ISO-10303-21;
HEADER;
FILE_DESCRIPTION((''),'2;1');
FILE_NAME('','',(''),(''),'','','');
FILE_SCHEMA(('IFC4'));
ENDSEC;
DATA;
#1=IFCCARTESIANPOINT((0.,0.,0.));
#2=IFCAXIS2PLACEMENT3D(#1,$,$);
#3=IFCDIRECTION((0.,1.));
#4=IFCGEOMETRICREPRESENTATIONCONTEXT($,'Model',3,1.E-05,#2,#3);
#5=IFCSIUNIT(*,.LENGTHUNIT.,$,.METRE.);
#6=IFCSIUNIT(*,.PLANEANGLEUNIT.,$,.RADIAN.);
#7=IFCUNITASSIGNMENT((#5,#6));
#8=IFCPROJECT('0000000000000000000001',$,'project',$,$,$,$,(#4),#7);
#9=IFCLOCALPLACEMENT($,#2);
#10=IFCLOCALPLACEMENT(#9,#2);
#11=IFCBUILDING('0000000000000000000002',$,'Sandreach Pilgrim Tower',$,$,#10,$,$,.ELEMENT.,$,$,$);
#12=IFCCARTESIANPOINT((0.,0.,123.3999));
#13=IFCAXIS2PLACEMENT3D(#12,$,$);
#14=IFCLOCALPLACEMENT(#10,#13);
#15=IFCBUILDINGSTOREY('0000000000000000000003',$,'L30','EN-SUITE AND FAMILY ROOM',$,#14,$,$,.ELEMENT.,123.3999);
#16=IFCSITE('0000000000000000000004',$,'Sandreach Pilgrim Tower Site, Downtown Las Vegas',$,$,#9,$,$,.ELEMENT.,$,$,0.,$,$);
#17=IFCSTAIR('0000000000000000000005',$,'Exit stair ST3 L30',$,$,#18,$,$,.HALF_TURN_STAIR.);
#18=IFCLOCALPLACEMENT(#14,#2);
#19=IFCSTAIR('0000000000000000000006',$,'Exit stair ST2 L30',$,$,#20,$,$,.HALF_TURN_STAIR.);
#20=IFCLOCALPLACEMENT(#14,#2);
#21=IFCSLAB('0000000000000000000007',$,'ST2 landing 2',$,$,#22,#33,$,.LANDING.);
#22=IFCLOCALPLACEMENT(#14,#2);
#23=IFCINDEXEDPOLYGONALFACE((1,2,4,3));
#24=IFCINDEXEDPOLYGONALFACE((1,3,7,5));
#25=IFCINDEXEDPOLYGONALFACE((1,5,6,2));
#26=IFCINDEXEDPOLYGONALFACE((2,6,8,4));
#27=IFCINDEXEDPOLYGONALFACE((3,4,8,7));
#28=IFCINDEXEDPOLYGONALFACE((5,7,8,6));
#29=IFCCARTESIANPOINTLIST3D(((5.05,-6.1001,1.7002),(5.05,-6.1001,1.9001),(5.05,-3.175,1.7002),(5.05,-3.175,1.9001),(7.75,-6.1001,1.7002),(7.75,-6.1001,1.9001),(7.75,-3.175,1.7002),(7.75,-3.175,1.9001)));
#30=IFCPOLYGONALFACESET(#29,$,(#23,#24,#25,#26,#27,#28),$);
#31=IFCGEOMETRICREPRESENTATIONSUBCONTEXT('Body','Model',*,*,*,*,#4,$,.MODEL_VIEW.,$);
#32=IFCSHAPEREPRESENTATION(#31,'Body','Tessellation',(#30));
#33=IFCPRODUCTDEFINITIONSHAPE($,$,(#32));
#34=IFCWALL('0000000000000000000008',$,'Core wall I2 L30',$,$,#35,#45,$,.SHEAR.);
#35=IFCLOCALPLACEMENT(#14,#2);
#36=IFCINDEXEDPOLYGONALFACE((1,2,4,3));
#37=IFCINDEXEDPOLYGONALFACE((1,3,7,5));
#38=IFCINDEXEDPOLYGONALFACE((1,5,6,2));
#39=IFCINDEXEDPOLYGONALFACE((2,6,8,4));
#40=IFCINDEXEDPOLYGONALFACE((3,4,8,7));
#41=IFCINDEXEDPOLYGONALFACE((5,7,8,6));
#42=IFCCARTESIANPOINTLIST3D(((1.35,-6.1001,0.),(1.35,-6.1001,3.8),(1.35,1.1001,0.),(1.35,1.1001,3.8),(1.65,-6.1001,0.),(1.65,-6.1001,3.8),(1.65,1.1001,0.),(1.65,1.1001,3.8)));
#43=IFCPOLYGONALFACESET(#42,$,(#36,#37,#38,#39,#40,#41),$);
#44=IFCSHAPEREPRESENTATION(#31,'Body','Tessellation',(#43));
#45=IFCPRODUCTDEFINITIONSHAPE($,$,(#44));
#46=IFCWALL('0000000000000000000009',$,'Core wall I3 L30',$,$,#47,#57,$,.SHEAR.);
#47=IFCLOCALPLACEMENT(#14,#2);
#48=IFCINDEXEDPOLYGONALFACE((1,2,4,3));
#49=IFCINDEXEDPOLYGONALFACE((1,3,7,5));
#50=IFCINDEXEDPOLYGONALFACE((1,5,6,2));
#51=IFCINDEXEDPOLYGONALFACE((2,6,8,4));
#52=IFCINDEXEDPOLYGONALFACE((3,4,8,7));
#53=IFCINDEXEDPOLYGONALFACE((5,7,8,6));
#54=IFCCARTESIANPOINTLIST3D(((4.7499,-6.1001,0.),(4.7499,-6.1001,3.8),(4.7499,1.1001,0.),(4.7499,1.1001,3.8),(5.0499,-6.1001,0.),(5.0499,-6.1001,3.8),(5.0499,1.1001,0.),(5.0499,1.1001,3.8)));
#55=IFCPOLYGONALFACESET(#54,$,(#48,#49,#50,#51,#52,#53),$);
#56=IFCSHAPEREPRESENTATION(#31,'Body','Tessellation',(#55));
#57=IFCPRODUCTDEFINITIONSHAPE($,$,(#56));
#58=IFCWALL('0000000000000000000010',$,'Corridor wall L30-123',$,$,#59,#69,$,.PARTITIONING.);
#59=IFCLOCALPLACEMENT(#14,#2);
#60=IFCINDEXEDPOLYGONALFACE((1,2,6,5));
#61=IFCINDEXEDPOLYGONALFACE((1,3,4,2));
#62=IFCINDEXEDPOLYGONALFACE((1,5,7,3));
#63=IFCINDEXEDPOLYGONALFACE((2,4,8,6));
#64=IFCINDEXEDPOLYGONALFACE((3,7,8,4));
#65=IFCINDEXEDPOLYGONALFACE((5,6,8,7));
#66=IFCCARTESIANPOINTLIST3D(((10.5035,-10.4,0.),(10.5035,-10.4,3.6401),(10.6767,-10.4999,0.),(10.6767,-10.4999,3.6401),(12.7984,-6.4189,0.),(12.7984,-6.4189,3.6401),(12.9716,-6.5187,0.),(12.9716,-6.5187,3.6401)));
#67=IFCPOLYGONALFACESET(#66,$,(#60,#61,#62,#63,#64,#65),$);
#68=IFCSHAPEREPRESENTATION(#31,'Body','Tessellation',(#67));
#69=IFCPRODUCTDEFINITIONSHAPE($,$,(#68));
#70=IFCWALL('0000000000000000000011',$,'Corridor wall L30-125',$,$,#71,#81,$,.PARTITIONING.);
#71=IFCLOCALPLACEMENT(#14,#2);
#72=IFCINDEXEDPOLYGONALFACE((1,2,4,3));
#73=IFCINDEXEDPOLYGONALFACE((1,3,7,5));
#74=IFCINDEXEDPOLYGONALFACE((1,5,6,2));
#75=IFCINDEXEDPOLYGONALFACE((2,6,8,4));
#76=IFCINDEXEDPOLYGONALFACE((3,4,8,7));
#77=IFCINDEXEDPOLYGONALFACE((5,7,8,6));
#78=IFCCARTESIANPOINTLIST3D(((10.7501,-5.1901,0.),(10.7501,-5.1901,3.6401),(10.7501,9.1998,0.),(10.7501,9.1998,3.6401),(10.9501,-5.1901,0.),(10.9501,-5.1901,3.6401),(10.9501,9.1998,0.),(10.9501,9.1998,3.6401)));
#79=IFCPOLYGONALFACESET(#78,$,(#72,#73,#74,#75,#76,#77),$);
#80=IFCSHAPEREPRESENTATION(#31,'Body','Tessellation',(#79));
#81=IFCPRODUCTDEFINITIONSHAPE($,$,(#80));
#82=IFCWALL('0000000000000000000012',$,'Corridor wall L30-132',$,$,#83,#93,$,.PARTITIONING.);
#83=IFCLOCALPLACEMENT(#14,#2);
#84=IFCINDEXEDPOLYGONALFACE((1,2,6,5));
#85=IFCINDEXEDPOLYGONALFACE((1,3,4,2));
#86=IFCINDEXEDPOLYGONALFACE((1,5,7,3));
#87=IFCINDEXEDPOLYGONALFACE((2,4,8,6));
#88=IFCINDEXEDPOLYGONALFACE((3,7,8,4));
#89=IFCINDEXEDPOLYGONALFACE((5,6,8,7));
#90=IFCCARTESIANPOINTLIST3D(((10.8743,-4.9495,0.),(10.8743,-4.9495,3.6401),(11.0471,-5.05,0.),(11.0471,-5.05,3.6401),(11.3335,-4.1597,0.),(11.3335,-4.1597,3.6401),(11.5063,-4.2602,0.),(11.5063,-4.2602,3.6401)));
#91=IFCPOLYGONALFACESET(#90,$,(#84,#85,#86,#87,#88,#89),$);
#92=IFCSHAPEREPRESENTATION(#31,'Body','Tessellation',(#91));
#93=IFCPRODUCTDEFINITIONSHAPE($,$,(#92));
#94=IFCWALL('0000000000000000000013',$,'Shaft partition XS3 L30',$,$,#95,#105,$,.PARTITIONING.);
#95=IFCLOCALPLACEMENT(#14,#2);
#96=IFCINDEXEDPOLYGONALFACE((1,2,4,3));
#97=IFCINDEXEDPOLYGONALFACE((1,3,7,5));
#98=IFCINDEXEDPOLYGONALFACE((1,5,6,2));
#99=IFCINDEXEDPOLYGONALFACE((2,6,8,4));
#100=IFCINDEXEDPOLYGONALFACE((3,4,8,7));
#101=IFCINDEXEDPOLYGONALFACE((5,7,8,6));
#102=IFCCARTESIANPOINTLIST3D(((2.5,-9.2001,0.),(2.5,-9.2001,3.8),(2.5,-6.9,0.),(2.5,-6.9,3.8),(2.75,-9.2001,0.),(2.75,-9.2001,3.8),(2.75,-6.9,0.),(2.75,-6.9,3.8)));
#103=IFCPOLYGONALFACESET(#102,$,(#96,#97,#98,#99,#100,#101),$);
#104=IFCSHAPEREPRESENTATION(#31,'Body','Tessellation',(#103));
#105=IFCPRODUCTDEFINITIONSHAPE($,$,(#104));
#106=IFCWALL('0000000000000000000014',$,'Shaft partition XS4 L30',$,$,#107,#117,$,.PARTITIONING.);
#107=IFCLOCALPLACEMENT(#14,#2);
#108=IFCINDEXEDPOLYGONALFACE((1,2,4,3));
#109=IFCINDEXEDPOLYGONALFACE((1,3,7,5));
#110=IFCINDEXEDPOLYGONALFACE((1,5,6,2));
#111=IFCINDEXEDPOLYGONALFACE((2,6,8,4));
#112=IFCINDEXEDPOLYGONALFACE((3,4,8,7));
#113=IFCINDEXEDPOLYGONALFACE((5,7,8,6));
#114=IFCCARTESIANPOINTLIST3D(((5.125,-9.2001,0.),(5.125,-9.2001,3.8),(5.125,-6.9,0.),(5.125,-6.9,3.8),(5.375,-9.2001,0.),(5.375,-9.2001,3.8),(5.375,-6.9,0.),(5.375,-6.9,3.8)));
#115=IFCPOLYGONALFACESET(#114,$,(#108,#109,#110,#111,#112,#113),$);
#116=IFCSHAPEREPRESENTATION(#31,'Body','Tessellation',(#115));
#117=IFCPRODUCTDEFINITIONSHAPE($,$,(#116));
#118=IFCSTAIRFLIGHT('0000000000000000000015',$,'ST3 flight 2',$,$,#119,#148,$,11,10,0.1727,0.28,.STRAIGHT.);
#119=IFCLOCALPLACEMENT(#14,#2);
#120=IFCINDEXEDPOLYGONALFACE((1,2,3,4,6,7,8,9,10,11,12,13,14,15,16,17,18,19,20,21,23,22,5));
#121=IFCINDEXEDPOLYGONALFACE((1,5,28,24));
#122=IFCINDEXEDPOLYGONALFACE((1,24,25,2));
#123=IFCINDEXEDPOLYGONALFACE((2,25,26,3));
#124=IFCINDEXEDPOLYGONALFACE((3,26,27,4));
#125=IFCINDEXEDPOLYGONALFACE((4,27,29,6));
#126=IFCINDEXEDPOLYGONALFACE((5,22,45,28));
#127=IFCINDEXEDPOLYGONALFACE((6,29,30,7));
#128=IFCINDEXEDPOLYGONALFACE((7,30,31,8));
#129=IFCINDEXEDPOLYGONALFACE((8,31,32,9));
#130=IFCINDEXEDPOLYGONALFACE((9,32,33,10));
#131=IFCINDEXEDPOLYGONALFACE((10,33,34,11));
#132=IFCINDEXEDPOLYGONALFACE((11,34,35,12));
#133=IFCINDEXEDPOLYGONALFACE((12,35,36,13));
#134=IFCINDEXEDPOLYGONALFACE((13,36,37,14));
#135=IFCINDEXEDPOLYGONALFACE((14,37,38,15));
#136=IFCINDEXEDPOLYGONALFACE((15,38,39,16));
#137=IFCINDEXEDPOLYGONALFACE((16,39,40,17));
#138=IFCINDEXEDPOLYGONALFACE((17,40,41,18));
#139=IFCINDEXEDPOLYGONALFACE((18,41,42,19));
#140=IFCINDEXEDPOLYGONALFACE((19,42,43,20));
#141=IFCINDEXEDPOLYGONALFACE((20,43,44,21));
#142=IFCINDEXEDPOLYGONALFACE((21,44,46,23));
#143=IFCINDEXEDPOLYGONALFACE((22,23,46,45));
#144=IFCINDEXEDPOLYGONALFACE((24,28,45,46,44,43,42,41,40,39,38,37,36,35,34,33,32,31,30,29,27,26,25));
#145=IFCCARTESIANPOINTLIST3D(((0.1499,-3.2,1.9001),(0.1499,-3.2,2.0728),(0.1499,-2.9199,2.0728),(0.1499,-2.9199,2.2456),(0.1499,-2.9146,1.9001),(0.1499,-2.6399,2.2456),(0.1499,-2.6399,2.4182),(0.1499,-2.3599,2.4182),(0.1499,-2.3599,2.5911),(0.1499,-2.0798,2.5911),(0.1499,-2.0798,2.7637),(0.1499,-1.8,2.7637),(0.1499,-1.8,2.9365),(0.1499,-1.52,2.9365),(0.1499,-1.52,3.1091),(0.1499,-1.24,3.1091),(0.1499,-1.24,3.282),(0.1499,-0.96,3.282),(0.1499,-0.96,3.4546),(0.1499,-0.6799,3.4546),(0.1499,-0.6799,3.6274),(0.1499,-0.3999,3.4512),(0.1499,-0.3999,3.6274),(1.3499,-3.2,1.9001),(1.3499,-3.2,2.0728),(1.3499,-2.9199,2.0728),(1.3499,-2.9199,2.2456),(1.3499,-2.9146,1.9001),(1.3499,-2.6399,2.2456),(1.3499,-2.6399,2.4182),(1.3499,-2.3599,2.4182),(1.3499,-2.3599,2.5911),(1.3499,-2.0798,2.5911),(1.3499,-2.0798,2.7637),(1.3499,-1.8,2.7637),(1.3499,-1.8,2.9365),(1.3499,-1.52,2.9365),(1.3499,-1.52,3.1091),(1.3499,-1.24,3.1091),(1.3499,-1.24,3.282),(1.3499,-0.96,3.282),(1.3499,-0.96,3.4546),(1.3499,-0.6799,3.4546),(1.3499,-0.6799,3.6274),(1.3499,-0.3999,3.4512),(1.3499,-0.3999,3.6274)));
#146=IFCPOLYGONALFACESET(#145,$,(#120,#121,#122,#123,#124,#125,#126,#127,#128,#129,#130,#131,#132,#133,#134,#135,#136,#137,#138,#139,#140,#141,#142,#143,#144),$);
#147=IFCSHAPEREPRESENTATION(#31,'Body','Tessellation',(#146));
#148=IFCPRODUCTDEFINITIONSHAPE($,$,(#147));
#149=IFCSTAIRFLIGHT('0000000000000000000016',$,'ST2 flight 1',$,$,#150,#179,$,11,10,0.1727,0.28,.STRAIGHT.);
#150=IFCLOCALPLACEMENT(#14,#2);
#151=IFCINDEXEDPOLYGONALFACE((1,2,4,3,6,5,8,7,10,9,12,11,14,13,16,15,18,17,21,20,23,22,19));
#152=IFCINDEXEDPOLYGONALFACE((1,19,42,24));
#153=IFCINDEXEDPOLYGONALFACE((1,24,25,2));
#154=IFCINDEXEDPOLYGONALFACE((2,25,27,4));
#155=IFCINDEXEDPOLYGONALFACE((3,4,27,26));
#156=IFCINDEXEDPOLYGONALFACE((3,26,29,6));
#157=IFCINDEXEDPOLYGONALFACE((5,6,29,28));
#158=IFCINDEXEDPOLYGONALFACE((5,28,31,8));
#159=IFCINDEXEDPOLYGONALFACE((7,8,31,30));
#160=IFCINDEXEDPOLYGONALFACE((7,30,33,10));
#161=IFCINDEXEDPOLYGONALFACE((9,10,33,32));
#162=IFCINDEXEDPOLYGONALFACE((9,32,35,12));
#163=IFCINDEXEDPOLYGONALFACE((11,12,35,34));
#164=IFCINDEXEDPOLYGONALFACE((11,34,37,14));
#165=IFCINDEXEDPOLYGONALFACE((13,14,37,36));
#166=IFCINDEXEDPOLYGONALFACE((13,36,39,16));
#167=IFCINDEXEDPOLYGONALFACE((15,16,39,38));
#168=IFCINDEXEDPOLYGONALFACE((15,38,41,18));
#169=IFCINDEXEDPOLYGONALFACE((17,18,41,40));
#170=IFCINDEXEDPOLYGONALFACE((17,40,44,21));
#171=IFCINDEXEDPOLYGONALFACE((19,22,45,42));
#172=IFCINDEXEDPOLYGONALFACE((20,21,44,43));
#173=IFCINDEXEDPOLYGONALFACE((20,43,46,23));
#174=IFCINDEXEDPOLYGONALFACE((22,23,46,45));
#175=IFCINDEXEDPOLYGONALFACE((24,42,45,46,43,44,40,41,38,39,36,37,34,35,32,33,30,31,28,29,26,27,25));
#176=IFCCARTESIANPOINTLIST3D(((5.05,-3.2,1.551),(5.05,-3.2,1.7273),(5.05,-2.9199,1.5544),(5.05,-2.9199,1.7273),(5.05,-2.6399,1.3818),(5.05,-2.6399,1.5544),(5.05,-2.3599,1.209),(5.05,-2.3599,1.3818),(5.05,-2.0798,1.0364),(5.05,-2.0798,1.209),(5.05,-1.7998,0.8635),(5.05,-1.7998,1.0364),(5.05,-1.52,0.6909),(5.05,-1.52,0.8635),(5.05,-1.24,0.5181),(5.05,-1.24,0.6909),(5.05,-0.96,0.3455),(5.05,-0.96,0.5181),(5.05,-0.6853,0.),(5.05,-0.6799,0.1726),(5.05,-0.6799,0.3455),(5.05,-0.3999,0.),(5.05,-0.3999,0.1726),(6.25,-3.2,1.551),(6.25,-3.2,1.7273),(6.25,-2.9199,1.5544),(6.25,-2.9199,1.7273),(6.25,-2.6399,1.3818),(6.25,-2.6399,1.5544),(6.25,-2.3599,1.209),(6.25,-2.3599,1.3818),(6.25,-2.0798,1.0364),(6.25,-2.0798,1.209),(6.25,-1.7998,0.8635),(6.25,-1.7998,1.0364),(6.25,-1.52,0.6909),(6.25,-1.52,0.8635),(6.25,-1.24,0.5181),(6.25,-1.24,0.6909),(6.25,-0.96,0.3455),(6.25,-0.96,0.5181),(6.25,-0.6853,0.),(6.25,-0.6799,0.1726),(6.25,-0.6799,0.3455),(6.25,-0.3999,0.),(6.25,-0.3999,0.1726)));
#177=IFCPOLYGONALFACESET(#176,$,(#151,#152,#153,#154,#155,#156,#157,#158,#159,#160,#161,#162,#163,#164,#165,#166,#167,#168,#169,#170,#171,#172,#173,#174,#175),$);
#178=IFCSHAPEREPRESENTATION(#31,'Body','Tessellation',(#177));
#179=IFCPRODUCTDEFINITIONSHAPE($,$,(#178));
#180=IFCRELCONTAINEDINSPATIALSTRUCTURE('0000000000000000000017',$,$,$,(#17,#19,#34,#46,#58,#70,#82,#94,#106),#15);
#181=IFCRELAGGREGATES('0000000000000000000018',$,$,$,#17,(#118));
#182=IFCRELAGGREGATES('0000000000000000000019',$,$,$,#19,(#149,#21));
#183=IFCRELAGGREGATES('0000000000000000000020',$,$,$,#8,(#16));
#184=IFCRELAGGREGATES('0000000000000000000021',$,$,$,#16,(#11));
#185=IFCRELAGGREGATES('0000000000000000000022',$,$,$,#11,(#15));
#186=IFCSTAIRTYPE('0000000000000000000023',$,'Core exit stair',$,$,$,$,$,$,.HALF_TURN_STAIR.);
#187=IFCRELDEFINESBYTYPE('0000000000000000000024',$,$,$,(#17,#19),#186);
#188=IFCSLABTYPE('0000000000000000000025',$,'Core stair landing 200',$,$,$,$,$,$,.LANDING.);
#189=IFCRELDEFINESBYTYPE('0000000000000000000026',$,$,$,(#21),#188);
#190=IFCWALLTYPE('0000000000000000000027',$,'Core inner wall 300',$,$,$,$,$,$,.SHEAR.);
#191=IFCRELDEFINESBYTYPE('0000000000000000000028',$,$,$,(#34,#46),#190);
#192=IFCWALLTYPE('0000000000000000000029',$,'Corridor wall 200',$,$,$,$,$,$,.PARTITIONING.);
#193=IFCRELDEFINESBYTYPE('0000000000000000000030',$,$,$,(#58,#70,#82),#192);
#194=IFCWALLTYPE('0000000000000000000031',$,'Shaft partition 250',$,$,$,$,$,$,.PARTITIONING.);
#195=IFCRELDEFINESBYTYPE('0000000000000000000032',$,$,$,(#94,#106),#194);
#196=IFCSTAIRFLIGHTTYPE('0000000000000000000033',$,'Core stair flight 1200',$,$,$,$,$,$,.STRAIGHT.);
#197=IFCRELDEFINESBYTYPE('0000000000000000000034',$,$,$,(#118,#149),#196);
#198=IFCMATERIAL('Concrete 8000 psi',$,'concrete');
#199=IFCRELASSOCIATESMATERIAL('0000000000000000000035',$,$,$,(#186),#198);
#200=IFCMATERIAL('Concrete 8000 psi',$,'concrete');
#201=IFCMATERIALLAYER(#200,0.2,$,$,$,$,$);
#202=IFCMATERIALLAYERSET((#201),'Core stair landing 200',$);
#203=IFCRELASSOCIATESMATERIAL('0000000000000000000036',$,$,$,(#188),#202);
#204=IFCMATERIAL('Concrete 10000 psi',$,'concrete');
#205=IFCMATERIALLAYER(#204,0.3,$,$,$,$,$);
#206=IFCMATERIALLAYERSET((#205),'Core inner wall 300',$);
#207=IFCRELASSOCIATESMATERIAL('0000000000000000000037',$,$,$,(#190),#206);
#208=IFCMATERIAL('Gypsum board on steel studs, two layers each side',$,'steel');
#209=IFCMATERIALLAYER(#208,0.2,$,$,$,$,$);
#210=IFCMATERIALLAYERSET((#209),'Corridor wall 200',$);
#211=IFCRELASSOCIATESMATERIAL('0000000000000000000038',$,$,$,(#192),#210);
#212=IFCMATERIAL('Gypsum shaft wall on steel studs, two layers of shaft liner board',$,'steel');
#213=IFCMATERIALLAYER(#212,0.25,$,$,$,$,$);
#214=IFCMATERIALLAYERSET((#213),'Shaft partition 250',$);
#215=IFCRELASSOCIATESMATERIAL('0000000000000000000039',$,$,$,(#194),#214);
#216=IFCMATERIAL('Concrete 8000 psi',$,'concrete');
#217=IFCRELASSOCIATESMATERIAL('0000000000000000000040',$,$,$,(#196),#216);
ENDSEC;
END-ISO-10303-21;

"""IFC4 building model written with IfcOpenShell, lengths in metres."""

from ifc_helpers import new_model, si_unit, direction, frame, frame_2d, origin, place, context, subcontext, project, spatial, polyline, rectangle, outline, extrude, material, layer, layer_set, type_object, element, aggregate, save


model = new_model("IFC4")

# Units and contexts
model_context = context("Model", 3, precision=1e-05, world=origin(), true_north=direction((0.0, 1.0)))
body_context = subcontext(model_context, "Body", "Model", "MODEL_VIEW")
ifc_project = project(units=[si_unit("LENGTHUNIT", "METRE"), si_unit("PLANEANGLEUNIT", "RADIAN")], contexts=[model_context])

# Site, building, storey
site_placement = place(None, origin())
site = spatial("IfcSite", under=ifc_project, at=site_placement, Name="Sandreach Pilgrim Tower Site, Downtown Las Vegas", CompositionType="ELEMENT", RefElevation=0.0)
building_placement = place(site_placement, origin())
building = spatial("IfcBuilding", under=site, at=building_placement, Name="Sandreach Pilgrim Tower", CompositionType="ELEMENT")
storey_placement = place(building_placement, frame((0.0, 0.0, 123.3999)))
storey = spatial("IfcBuildingStorey", under=building, at=storey_placement, Name="L30", Description="EN-SUITE AND FAMILY ROOM", CompositionType="ELEMENT", Elevation=123.3999)

# Stairs, slab
ifc_material_1 = material(Name="Concrete 8000 psi", Category="concrete")
stair_type = type_object("IfcStairType", Name="Core exit stair", PredefinedType="HALF_TURN_STAIR", material=ifc_material_1)
ifc_material_2 = material(Name="Concrete 8000 psi", Category="concrete")
ifc_layer_1 = layer(ifc_material_2, 0.2)
ifc_layer_set_1 = layer_set([ifc_layer_1], Name="Core stair landing 200")
slab_type_1 = type_object("IfcSlabType", Name="Core stair landing 200", PredefinedType="LANDING", material=ifc_layer_set_1)
stair_1_placement = place(storey_placement, origin())
stair_1 = element("IfcStair", 1, at=stair_1_placement, inside=storey, type_object=stair_type, Name="Exit stair ST3 L30", PredefinedType="HALF_TURN_STAIR")
stair_2_placement = place(storey_placement, origin())
stair_2 = element("IfcStair", 2, at=stair_2_placement, inside=storey, type_object=stair_type, Name="Exit stair ST2 L30", PredefinedType="HALF_TURN_STAIR")
slab_1_placement = place(storey_placement, frame((0.0, 0.0, 1.7002)))
slab_1 = element("IfcSlab", 3, at=slab_1_placement, type_object=slab_type_1, Name="ST2 landing 2", PredefinedType="LANDING", context=body_context, shape_type="SweptSolid", body=[
    extrude(outline(polyline([(5.05, -6.1001), (7.75, -6.1001), (7.75, -3.175), (5.05, -3.175), (5.05, -6.1001)])), origin(), (0.0, 0.0, 1.0), 0.2),
])

# Walls
ifc_material_3 = material(Name="Concrete 10000 psi", Category="concrete")
ifc_layer_2 = layer(ifc_material_3, 0.3)
ifc_layer_set_2 = layer_set([ifc_layer_2], Name="Core inner wall 300")
wall_type_1 = type_object("IfcWallType", Name="Core inner wall 300", PredefinedType="SHEAR", material=ifc_layer_set_2)
for number, where, z_axis, x_axis, name in (
    (4, (1.5, -6.1001, 0.0), (0.0, 0.0, 1.0), (0.0, 1.0, 0.0), "Core wall I2 L30"),
    (5, (4.8999, -6.1001, 0.0), (0.0, 0.0, 1.0), (0.0, 1.0, 0.0), "Core wall I3 L30"),
):
    element("IfcWall", number, at=place(storey_placement, frame(where, z_axis=z_axis, x_axis=x_axis)), inside=storey, type_object=wall_type_1, Name=name, PredefinedType="SHEAR", context=body_context, shape_type="SweptSolid", body=[
        extrude(rectangle(XDim=7.2002, YDim=0.3, at=frame_2d((3.6001, 0.0))), origin(), (0.0, 0.0, 1.0), 3.8),
    ])

# Walls
ifc_material_4 = material(Name="Gypsum board on steel studs, two layers each side", Category="steel")
ifc_layer_3 = layer(ifc_material_4, 0.2)
ifc_layer_set_3 = layer_set([ifc_layer_3], Name="Corridor wall 200")
wall_type_2 = type_object("IfcWallType", Name="Corridor wall 200", PredefinedType="PARTITIONING", material=ifc_layer_set_3)
wall_1_placement = place(storey_placement, frame((10.5901, -10.45, 0.0), z_axis=(0.0, 0.0, 1.0), x_axis=(0.499408, 0.866367, 0.0)))
element("IfcWall", 6, at=wall_1_placement, inside=storey, type_object=wall_type_2, Name="Corridor wall L30-123", PredefinedType="PARTITIONING", context=body_context, shape_type="SweptSolid", body=[
    extrude(rectangle(XDim=4.5952, YDim=0.2, at=frame_2d((2.2976, 0.0))), origin(), (0.0, 0.0, 1.0), 3.6401),
])
wall_2_placement = place(storey_placement, frame((10.8501, -5.1899, 0.0), z_axis=(0.0, 0.0, 1.0), x_axis=(0.0, 1.0, 0.0)))
element("IfcWall", 7, at=wall_2_placement, inside=storey, type_object=wall_type_2, Name="Corridor wall L30-125", PredefinedType="PARTITIONING", context=body_context, shape_type="SweptSolid", body=[
    extrude(rectangle(XDim=14.3899, YDim=0.2, at=frame_2d((7.1948, 0.0))), origin(), (0.0, 0.0, 1.0), 3.6401),
])
wall_3_placement = place(storey_placement, frame((11.4199, -4.21, 0.0), z_axis=(0.0, 0.0, 1.0), x_axis=(-0.502658, -0.864486, 0.0)))
element("IfcWall", 8, at=wall_3_placement, inside=storey, type_object=wall_type_2, Name="Corridor wall L30-132", PredefinedType="PARTITIONING", context=body_context, shape_type="SweptSolid", body=[
    extrude(rectangle(XDim=0.9136, YDim=0.2, at=frame_2d((0.4568, 0.0))), origin(), (0.0, 0.0, 1.0), 3.6401),
])
ifc_material_5 = material(Name="Gypsum shaft wall on steel studs, two layers of shaft liner board", Category="steel")
ifc_layer_4 = layer(ifc_material_5, 0.25)
ifc_layer_set_4 = layer_set([ifc_layer_4], Name="Shaft partition 250")
wall_type_3 = type_object("IfcWallType", Name="Shaft partition 250", PredefinedType="PARTITIONING", material=ifc_layer_set_4)
for number, where, z_axis, x_axis, name in (
    (9, (2.625, -9.2, 0.0), (0.0, 0.0, 1.0), (0.0, 1.0, 0.0), "Shaft partition XS3 L30"),
    (10, (5.25, -9.2, 0.0), (0.0, 0.0, 1.0), (0.0, 1.0, 0.0), "Shaft partition XS4 L30"),
):
    element("IfcWall", number, at=place(storey_placement, frame(where, z_axis=z_axis, x_axis=x_axis)), inside=storey, type_object=wall_type_3, Name=name, PredefinedType="PARTITIONING", context=body_context, shape_type="SweptSolid", body=[
        extrude(rectangle(XDim=2.3, YDim=0.25, at=frame_2d((1.1499, 0.0))), origin(), (0.0, 0.0, 1.0), 3.8),
    ])

# Stair flights
ifc_material_6 = material(Name="Concrete 8000 psi", Category="concrete")
stair_flight_type = type_object("IfcStairFlightType", Name="Core stair flight 1200", PredefinedType="STRAIGHT", material=ifc_material_6)
stair_flight_1_placement = place(storey_placement, frame((0.75, -3.2, 1.9001), z_axis=(0.0, 0.0, 1.0), x_axis=(0.0, 1.0, 0.0)))
stair_flight_1 = element("IfcStairFlight", 11, at=stair_flight_1_placement, type_object=stair_flight_type, Name="ST3 flight 2", NumberOfRisers=11, NumberOfTreads=10, PredefinedType="STRAIGHT", RiserHeight=0.1727, TreadLength=0.28, context=body_context, shape_type="SweptSolid", body=[
    extrude(outline(polyline([(0.0, 0.0), (0.0, 0.1726), (0.28, 0.1726), (0.28, 0.3455), (0.5601, 0.3455), (0.5601, 0.5181), (0.8401, 0.5181), (0.8401, 0.6909), (1.1201, 0.6909), (1.1201, 0.8635), (1.3999, 0.8635), (1.3999, 1.0364), (1.6799, 1.0364), (1.6799, 1.209), (1.96, 1.209), (1.96, 1.3818), (2.24, 1.3818), (2.24, 1.5544), (2.52, 1.5544), (2.52, 1.7273), (2.8, 1.7273), (2.8, 1.8999), (2.8, 1.551), (0.2854, 0.0), (0.0, 0.0)])), frame((0.0, 0.6001, 0.0), z_axis=(0.0, -1.0, 0.0), x_axis=(1.0, 0.0, 0.0)), (0.0, 0.0, 1.0), 1.2),
])
aggregate(stair_1, [stair_flight_1])
stair_flight_2_placement = place(storey_placement, frame((5.6499, -0.3999, 0.0), z_axis=(0.0, 0.0, 1.0), x_axis=(0.0, -1.0, 0.0)))
stair_flight_2 = element("IfcStairFlight", 12, at=stair_flight_2_placement, type_object=stair_flight_type, Name="ST2 flight 1", NumberOfRisers=11, NumberOfTreads=10, PredefinedType="STRAIGHT", RiserHeight=0.1727, TreadLength=0.28, context=body_context, shape_type="SweptSolid", body=[
    extrude(outline(polyline([(0.0, 0.0), (0.0, 0.1726), (0.28, 0.1726), (0.28, 0.3455), (0.5601, 0.3455), (0.5601, 0.5181), (0.8401, 0.5181), (0.8401, 0.6909), (1.1201, 0.6909), (1.1201, 0.8635), (1.3999, 0.8635), (1.3999, 1.0364), (1.6799, 1.0364), (1.6799, 1.209), (1.96, 1.209), (1.96, 1.3818), (2.24, 1.3818), (2.24, 1.5544), (2.52, 1.5544), (2.52, 1.7273), (2.8, 1.7273), (2.8, 1.8999), (2.8, 1.551), (0.2854, 0.0), (0.0, 0.0)])), frame((0.0, 0.6001, 0.0), z_axis=(0.0, -1.0, 0.0), x_axis=(1.0, 0.0, 0.0)), (0.0, 0.0, 1.0), 1.2),
])
aggregate(stair_2, [stair_flight_2, slab_1])

save(model, "model.ifc")
